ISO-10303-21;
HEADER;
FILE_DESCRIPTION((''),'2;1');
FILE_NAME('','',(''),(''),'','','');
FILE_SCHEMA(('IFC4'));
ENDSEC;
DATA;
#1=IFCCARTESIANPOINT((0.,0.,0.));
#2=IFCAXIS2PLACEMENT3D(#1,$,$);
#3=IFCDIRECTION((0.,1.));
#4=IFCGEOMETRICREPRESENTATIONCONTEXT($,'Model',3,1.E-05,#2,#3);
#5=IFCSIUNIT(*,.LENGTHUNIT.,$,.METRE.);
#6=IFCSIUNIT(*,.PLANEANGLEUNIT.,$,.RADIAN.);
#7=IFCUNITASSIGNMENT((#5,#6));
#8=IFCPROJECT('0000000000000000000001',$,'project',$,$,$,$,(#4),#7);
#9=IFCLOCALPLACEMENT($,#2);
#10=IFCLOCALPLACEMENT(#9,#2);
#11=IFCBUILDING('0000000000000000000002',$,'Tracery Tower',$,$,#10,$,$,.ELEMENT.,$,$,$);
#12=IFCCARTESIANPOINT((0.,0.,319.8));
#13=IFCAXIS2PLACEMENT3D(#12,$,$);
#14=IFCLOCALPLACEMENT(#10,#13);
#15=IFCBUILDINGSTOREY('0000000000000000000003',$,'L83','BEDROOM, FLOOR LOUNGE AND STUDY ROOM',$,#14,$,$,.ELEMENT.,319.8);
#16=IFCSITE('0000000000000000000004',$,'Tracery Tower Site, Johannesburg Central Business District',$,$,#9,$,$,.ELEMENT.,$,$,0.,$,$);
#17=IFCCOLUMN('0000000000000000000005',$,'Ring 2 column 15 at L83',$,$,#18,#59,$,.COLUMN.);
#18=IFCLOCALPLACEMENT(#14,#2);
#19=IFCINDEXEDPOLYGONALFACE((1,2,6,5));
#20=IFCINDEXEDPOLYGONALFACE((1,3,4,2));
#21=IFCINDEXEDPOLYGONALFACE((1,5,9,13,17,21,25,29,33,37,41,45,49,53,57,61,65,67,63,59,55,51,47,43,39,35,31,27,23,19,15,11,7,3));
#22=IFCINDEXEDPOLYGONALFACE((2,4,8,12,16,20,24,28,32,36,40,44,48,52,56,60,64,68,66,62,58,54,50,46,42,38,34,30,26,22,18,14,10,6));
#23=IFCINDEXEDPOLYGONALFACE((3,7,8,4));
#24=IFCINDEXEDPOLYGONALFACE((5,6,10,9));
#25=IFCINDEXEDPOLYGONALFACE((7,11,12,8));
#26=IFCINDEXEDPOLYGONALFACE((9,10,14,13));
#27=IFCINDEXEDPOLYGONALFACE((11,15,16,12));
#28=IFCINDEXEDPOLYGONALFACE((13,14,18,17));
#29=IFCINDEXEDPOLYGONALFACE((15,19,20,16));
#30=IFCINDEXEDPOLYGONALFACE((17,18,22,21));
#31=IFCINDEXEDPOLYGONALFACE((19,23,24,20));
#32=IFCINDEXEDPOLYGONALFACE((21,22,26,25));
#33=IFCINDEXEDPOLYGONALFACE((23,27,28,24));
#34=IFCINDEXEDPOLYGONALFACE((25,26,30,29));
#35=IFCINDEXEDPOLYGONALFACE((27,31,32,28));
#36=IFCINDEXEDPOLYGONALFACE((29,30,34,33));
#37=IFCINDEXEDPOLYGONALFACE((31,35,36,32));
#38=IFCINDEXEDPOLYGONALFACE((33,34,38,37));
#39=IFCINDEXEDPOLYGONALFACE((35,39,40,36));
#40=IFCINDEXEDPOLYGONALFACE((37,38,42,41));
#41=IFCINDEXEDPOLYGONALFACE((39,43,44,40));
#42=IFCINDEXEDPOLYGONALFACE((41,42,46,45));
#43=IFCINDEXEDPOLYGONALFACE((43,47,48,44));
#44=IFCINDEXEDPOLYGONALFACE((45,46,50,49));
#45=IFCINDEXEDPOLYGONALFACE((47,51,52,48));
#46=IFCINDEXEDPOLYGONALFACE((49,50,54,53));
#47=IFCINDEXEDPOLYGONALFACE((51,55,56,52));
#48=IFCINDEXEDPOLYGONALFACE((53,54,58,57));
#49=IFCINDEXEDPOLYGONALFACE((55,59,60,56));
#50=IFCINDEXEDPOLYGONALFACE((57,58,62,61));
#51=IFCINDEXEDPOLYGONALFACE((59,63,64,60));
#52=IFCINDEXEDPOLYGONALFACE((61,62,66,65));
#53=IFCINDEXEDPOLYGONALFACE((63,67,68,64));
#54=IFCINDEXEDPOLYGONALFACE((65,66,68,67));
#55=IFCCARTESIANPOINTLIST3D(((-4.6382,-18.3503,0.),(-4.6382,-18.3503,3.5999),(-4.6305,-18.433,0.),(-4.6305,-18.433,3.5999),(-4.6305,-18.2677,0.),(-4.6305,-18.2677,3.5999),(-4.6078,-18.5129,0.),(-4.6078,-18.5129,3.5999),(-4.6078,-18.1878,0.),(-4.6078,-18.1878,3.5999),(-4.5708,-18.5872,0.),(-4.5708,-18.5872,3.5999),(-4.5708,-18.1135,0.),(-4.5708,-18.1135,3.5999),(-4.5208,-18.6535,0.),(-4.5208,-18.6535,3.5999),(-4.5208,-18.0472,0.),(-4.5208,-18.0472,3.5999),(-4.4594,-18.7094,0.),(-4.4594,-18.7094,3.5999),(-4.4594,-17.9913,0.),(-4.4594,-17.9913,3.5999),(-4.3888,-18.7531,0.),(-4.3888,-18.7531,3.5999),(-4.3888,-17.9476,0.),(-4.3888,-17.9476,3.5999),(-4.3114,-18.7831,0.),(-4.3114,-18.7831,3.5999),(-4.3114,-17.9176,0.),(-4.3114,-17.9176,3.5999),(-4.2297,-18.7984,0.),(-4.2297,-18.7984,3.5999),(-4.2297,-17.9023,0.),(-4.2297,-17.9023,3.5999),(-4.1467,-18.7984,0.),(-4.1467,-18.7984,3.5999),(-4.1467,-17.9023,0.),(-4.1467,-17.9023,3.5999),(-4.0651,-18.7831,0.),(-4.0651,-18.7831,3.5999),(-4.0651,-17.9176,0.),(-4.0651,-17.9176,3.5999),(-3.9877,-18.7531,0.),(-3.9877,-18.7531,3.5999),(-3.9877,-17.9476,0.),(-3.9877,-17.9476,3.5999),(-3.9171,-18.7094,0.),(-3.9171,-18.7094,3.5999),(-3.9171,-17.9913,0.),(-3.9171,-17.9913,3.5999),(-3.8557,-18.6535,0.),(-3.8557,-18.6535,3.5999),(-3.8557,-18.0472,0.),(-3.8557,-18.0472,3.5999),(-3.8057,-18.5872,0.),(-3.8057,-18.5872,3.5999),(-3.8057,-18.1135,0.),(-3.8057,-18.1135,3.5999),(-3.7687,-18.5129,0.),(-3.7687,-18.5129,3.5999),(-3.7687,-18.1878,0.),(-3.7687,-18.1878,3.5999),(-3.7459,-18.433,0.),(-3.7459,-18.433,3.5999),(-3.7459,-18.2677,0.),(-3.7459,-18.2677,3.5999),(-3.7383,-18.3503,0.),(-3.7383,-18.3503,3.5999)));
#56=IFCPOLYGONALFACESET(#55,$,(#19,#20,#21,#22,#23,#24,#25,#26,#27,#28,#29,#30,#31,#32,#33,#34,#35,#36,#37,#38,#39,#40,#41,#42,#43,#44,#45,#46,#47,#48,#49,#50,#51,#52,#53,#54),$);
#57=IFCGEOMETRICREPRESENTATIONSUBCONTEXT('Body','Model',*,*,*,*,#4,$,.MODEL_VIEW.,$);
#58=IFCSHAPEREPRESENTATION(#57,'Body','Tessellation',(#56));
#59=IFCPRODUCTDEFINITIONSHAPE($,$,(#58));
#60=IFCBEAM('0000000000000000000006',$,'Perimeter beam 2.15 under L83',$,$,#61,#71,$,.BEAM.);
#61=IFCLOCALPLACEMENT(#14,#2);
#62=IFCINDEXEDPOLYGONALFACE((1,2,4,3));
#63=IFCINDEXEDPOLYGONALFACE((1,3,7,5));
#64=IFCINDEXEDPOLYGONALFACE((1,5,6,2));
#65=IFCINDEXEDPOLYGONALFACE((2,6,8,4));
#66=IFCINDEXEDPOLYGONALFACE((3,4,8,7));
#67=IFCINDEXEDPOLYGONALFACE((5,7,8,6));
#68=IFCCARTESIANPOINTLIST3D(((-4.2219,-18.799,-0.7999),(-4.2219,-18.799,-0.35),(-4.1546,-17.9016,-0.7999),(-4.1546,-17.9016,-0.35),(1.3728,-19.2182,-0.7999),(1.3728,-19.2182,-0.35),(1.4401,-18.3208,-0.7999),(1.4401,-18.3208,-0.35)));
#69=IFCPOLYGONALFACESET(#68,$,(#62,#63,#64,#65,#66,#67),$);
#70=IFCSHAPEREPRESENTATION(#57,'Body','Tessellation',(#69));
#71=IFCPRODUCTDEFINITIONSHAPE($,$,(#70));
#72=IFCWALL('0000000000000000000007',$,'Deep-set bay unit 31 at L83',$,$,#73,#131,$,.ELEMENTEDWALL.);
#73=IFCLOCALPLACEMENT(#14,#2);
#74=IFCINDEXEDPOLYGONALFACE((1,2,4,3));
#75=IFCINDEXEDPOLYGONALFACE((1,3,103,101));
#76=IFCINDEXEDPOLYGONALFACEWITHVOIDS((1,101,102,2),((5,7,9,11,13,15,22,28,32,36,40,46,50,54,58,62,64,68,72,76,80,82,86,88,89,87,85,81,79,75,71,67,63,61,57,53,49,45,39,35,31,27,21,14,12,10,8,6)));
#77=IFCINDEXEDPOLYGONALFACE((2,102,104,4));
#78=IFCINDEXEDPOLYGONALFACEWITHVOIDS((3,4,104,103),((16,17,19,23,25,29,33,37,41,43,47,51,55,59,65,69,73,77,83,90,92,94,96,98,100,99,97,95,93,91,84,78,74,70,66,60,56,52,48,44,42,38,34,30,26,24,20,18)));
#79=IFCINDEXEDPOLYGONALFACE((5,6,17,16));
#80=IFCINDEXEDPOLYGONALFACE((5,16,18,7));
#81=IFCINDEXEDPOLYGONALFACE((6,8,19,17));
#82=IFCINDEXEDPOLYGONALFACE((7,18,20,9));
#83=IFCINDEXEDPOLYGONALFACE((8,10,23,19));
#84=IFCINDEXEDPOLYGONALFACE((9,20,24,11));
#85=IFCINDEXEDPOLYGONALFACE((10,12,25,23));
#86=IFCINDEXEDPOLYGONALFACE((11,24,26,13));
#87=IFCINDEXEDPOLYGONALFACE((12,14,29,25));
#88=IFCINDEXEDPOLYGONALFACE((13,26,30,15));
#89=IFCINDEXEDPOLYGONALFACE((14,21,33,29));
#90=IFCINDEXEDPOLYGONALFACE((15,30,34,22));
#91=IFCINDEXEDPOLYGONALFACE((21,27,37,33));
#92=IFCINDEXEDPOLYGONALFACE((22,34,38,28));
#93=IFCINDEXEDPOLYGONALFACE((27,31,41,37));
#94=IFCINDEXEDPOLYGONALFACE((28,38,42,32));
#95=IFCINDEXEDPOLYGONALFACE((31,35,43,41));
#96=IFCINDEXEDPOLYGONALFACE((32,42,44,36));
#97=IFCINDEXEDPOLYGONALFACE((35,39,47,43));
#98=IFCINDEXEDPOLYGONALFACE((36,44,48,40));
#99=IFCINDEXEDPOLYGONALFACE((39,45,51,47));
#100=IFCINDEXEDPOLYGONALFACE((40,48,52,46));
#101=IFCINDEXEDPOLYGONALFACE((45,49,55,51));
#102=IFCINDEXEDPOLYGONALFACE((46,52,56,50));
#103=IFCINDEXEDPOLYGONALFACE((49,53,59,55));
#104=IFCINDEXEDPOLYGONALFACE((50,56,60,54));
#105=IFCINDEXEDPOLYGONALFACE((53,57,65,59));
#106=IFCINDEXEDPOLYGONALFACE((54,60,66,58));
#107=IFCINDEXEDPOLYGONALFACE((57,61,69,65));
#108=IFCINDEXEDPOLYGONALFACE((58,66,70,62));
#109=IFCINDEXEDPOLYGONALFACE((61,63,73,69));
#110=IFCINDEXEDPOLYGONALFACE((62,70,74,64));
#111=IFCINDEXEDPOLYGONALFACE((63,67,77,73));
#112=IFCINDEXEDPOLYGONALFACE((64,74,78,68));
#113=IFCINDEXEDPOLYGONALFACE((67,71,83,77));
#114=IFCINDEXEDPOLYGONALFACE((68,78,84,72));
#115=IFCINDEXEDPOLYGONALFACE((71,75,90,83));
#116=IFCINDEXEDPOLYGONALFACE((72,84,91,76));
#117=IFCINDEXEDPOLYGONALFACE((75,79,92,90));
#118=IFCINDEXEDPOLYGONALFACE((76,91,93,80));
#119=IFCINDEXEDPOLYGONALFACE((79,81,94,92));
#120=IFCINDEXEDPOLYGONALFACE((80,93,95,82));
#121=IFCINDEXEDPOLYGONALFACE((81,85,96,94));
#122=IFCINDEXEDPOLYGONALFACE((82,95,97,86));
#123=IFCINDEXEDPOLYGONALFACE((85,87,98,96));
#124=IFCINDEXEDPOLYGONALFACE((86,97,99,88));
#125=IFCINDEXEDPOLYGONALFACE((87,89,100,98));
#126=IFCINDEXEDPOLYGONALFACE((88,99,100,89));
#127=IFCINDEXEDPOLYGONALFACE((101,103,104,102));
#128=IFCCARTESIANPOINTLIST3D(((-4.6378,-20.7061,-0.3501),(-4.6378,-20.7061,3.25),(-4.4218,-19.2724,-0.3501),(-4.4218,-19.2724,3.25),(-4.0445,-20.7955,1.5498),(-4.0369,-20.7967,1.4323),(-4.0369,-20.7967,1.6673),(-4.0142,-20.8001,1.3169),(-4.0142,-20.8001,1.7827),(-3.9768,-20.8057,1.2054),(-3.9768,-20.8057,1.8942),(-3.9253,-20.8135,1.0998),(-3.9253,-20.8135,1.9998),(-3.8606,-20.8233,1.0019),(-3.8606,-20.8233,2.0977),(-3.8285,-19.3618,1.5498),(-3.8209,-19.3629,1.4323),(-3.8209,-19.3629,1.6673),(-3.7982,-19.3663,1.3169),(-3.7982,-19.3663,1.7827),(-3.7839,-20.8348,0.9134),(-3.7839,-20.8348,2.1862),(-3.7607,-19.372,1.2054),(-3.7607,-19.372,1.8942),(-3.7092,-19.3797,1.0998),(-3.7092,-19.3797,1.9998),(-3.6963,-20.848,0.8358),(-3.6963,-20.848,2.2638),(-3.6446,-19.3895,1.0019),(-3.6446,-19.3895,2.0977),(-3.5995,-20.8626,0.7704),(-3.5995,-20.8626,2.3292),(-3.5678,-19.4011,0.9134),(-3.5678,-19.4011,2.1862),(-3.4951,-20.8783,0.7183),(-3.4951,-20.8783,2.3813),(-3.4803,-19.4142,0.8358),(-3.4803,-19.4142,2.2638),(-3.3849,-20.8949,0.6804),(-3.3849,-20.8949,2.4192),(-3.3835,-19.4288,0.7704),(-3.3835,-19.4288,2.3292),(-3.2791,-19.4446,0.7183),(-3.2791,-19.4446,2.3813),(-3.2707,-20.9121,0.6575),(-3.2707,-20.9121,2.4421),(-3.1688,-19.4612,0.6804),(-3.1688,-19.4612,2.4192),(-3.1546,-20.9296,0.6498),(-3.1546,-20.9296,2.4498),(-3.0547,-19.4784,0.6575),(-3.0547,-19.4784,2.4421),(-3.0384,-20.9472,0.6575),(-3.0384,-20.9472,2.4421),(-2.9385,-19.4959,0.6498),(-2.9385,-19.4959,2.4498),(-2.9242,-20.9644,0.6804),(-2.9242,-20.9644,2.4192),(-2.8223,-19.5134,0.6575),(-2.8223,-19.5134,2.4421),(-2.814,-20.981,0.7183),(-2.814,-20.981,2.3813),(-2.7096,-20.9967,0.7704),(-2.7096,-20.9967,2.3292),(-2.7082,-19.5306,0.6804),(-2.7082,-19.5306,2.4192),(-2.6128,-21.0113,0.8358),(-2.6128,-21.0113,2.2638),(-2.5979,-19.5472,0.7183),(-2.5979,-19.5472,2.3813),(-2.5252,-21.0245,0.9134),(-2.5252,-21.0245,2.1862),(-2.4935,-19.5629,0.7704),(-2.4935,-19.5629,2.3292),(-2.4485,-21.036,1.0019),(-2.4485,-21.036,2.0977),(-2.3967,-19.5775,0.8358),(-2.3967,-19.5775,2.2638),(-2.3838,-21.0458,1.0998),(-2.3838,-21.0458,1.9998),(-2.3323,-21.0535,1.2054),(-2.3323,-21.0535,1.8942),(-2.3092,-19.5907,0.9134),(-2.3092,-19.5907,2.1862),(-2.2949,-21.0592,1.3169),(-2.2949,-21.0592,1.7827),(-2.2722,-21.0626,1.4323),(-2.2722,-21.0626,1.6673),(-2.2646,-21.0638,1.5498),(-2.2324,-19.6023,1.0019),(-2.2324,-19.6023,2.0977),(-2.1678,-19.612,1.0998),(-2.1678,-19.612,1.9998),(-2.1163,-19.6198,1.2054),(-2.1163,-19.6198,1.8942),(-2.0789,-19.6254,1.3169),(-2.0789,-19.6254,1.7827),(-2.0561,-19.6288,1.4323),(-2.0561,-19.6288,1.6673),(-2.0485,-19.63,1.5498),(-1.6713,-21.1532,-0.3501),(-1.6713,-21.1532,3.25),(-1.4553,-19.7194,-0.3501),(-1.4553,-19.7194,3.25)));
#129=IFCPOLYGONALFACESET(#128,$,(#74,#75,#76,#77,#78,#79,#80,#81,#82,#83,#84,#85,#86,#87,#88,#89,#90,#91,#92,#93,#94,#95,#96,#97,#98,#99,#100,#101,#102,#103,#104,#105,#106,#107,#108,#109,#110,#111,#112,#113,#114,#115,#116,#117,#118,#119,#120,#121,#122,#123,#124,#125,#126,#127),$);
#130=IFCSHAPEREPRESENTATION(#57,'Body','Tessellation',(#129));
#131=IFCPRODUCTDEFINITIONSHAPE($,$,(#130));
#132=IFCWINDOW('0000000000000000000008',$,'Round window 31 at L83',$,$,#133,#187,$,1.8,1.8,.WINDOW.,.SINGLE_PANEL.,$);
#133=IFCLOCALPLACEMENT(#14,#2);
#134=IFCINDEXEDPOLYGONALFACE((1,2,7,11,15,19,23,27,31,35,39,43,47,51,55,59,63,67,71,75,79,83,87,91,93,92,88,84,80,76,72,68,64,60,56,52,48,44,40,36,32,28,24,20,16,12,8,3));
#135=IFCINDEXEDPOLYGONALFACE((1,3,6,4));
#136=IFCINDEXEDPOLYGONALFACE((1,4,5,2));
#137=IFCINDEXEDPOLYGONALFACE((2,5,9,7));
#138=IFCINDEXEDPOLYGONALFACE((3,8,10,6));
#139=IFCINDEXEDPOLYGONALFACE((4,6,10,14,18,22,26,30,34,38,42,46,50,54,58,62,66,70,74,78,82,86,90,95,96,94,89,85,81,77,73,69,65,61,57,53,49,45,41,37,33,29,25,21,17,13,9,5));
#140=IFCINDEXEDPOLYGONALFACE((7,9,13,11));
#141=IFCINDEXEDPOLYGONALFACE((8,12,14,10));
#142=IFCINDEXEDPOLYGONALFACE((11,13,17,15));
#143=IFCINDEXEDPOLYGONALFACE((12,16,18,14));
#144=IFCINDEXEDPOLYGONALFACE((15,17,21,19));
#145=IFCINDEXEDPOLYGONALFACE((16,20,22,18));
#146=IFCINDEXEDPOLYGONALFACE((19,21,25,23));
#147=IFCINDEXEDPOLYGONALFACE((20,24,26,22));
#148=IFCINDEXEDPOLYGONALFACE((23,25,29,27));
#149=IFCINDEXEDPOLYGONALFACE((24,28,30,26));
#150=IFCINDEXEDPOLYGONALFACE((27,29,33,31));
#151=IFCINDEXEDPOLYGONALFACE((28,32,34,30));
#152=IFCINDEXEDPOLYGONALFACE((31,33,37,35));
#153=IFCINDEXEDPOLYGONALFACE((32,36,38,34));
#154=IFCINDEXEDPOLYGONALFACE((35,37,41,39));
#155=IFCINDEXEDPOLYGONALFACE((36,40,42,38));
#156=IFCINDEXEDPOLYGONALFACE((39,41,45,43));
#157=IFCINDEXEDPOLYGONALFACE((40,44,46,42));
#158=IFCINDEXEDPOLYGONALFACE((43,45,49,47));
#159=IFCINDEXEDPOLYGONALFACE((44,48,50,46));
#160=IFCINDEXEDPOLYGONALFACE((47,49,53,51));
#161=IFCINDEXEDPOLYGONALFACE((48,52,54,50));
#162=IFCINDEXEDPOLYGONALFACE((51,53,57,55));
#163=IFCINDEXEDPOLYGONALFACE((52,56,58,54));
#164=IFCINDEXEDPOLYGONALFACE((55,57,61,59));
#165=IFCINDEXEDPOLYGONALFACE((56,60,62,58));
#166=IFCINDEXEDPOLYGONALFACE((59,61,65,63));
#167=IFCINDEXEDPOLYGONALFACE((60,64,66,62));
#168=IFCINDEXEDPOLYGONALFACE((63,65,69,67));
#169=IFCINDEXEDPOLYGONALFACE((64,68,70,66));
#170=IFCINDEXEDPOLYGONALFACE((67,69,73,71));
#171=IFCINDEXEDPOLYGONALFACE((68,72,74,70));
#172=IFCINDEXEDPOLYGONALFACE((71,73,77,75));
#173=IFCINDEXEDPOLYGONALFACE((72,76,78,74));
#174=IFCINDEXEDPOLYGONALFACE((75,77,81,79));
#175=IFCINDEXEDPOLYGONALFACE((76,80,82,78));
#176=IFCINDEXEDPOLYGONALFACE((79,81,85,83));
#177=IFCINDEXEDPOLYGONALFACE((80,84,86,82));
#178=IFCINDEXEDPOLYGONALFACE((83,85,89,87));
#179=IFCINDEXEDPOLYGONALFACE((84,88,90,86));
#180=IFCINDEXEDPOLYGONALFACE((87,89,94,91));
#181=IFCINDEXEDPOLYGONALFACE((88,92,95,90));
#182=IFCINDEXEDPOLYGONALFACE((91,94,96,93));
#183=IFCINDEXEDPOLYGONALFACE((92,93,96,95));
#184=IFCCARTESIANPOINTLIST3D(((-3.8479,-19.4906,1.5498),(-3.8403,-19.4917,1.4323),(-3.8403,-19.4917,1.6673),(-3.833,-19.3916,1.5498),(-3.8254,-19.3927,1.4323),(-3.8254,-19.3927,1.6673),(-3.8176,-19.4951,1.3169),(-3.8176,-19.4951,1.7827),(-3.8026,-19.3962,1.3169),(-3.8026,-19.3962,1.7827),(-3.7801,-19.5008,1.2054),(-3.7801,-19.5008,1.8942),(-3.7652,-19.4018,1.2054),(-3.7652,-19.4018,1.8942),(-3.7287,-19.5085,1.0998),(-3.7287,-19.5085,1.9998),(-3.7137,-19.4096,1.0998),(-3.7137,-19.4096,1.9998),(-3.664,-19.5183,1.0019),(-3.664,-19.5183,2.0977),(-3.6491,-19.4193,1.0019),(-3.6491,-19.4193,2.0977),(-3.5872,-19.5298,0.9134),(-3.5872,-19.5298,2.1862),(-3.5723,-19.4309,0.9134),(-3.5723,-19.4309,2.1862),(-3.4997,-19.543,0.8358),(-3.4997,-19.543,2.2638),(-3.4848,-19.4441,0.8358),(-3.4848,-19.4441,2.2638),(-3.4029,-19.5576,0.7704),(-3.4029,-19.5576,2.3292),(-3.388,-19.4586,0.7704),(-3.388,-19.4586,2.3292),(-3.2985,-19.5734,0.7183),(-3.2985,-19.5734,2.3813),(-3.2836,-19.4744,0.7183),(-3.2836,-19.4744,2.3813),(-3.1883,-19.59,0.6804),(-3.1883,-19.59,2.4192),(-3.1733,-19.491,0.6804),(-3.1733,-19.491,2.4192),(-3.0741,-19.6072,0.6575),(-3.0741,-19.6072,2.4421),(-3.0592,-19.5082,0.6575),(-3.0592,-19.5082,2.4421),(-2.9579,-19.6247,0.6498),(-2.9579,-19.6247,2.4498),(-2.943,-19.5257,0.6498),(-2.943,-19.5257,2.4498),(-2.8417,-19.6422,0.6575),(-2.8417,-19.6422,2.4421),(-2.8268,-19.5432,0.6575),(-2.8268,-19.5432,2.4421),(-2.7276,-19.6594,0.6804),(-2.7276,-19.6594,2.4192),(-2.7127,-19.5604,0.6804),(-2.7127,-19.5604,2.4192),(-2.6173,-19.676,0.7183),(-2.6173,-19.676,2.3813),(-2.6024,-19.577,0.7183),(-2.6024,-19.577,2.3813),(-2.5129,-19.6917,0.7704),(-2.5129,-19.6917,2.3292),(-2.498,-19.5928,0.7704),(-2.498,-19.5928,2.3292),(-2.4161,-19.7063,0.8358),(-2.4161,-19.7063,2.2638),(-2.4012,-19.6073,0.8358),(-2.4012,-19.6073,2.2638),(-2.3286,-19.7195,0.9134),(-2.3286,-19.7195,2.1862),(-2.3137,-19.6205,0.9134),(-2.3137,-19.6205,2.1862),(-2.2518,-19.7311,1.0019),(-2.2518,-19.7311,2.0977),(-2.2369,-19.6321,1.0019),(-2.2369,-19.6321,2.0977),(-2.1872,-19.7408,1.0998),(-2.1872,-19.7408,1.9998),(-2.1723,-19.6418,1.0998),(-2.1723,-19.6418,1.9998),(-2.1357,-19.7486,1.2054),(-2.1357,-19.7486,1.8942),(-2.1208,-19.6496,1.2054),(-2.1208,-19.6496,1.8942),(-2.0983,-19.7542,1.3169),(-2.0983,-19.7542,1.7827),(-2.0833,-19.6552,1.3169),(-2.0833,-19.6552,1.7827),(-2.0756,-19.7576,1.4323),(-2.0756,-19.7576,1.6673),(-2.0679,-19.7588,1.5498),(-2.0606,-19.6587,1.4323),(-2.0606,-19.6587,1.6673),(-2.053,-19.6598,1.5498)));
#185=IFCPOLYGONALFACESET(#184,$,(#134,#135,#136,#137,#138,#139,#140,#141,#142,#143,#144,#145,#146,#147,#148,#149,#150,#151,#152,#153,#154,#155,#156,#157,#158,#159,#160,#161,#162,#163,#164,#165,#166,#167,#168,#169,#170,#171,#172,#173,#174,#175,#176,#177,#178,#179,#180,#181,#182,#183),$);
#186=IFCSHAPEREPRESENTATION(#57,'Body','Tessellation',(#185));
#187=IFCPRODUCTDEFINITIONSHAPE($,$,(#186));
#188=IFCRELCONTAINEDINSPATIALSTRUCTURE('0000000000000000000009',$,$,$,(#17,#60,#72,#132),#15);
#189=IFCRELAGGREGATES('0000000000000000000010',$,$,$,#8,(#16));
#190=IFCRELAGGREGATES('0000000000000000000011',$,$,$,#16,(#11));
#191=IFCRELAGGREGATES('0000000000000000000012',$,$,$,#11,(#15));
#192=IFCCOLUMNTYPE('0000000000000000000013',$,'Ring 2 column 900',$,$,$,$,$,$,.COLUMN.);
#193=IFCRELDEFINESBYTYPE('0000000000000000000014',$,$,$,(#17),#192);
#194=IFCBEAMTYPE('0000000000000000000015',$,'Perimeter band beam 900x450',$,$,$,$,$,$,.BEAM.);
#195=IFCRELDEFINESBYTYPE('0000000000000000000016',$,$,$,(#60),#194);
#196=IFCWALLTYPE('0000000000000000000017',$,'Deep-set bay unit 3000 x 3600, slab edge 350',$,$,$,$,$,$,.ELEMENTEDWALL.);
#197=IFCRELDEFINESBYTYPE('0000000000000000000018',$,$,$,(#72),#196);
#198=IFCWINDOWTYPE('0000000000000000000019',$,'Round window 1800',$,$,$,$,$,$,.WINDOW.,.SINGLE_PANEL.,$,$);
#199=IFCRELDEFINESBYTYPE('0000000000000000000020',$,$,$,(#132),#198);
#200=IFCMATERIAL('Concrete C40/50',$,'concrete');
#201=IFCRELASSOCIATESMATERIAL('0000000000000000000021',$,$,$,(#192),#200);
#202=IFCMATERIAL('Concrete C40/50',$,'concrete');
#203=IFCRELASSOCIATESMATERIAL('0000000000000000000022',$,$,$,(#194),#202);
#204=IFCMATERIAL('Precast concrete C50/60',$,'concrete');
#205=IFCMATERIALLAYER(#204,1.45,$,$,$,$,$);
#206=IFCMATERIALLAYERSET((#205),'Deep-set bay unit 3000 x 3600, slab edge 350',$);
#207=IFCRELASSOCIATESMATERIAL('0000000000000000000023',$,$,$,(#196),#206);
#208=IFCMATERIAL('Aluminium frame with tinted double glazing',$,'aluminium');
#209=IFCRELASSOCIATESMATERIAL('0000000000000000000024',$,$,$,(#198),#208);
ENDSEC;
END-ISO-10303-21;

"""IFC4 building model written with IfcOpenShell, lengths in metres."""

from ifc_helpers import new_model, si_unit, direction, frame, frame_2d, origin, origin_2d, place, context, subcontext, project, spatial, rectangle, circle, extrude, material, layer, layer_set, material_profile, profile_set, type_object, element, fill, save


model = new_model("IFC4")

# Units and contexts
model_context = context("Model", 3, precision=1e-05, world=origin(), true_north=direction((0.0, 1.0)))
body_context = subcontext(model_context, "Body", "Model", "MODEL_VIEW")
ifc_project = project(units=[si_unit("LENGTHUNIT", "METRE"), si_unit("PLANEANGLEUNIT", "RADIAN")], contexts=[model_context])

# Site, building, storey
site_placement = place(None, origin())
site = spatial("IfcSite", under=ifc_project, at=site_placement, Name="Tracery Tower Site, Johannesburg Central Business District", CompositionType="ELEMENT", RefElevation=0.0)
building_placement = place(site_placement, origin())
building = spatial("IfcBuilding", under=site, at=building_placement, Name="Tracery Tower", CompositionType="ELEMENT")
storey_placement = place(building_placement, frame((0.0, 0.0, 319.8)))
storey = spatial("IfcBuildingStorey", under=building, at=storey_placement, Name="L83", Description="BEDROOM, FLOOR LOUNGE AND STUDY ROOM", CompositionType="ELEMENT", Elevation=319.8)

# Column
ifc_material_1 = material(Name="Concrete C40/50", Category="concrete")
ifc_material_profile_1 = material_profile(ifc_material_1, circle(Radius=0.45, at=origin_2d()), Name="RC D900")
ifc_profile_set_1 = profile_set([ifc_material_profile_1], Name="Concrete C40/50")
column_type = type_object("IfcColumnType", Name="Ring 2 column 900", PredefinedType="COLUMN", material=ifc_profile_set_1)
column_placement = place(storey_placement, frame((-4.1882, -18.3503, 0.0), z_axis=(0.0, 0.0, 1.0), x_axis=(1.0, 0.0, 0.0)))
element("IfcColumn", 1, at=column_placement, inside=storey, type_object=column_type, Name="Ring 2 column 15 at L83", PredefinedType="COLUMN", context=body_context, shape_type="SweptSolid", body=[
    extrude(circle(Radius=0.45, at=origin_2d()), origin(), (0.0, 0.0, 1.0), 3.5999),
])

# Beam
ifc_material_2 = material(Name="Concrete C40/50", Category="concrete")
ifc_material_profile_2 = material_profile(ifc_material_2, rectangle(XDim=0.8999, YDim=0.45, at=origin_2d()), Name="RC 900x450")
ifc_profile_set_2 = profile_set([ifc_material_profile_2], Name="Concrete C40/50")
beam_type = type_object("IfcBeamType", Name="Perimeter band beam 900x450", PredefinedType="BEAM", material=ifc_profile_set_2)
beam_placement = place(storey_placement, frame((-4.1882, -18.3503, -0.575), z_axis=(0.997205, -0.074716, 0.0), x_axis=(0.074716, 0.997205, 0.0)))
element("IfcBeam", 2, at=beam_placement, inside=storey, type_object=beam_type, Name="Perimeter beam 2.15 under L83", PredefinedType="BEAM", context=body_context, shape_type="SweptSolid", body=[
    extrude(rectangle(XDim=0.8999, YDim=0.45, at=origin_2d()), origin(), (0.0, 0.0, 1.0), 5.6104),
])

# Wall, opening, window
ifc_material_3 = material(Name="Precast concrete C50/60", Category="concrete")
ifc_layer_1 = layer(ifc_material_3, 1.45)
ifc_layer_set_1 = layer_set([ifc_layer_1], Name="Deep-set bay unit 3000 x 3600, slab edge 350")
wall_type_1 = type_object("IfcWallType", Name="Deep-set bay unit 3000 x 3600, slab edge 350", PredefinedType="ELEMENTEDWALL", material=ifc_layer_set_1)
wall_1_placement = place(storey_placement, frame((-4.5298, -19.9893, -0.3501), z_axis=(0.0, 0.0, 1.0), x_axis=(0.988836, -0.149005, 0.0)))
wall_1 = element("IfcWall", 3, at=wall_1_placement, inside=storey, type_object=wall_type_1, Name="Deep-set bay unit 31 at L83", PredefinedType="ELEMENTEDWALL", context=body_context, shape_type="SweptSolid", body=[
    extrude(rectangle(XDim=3.0, YDim=1.45, at=frame_2d((1.5, 0.0))), origin(), (0.0, 0.0, 1.0), 3.6001),
])
opening_1_placement = place(wall_1_placement, frame((1.5, 0.0, 1.8999)))
opening_1 = element("IfcOpeningElement", 4, at=opening_1_placement, cuts=wall_1, PredefinedType="OPENING", context=body_context, shape_type="SweptSolid", body=[
    extrude(circle(Radius=0.9, at=origin_2d()), frame((0.0, 0.7349, 0.0), z_axis=(0.0, -1.0, 0.0), x_axis=(1.0, 0.0, 0.0)), (0.0, 0.0, 1.0), 1.47),
])
ifc_material_4 = material(Name="Aluminium frame with tinted double glazing", Category="aluminium")
window_type = type_object("IfcWindowType", Name="Round window 1800", PartitioningType="SINGLE_PANEL", PredefinedType="WINDOW", material=ifc_material_4)
window_1_placement = place(opening_1_placement, origin())
window_1 = element("IfcWindow", 5, at=window_1_placement, inside=storey, type_object=window_type, Name="Round window 31 at L83", OverallHeight=1.8, OverallWidth=1.8, PartitioningType="SINGLE_PANEL", PredefinedType="WINDOW", context=body_context, shape_type="SweptSolid", body=[
    extrude(circle(Radius=0.9, at=origin_2d()), frame((0.0, 0.6948, 0.0), z_axis=(0.0, -1.0, 0.0), x_axis=(1.0, 0.0, 0.0)), (0.0, 0.0, 1.0), 0.1001),
])
fill(opening_1, window_1)

save(model, "model.ifc")
